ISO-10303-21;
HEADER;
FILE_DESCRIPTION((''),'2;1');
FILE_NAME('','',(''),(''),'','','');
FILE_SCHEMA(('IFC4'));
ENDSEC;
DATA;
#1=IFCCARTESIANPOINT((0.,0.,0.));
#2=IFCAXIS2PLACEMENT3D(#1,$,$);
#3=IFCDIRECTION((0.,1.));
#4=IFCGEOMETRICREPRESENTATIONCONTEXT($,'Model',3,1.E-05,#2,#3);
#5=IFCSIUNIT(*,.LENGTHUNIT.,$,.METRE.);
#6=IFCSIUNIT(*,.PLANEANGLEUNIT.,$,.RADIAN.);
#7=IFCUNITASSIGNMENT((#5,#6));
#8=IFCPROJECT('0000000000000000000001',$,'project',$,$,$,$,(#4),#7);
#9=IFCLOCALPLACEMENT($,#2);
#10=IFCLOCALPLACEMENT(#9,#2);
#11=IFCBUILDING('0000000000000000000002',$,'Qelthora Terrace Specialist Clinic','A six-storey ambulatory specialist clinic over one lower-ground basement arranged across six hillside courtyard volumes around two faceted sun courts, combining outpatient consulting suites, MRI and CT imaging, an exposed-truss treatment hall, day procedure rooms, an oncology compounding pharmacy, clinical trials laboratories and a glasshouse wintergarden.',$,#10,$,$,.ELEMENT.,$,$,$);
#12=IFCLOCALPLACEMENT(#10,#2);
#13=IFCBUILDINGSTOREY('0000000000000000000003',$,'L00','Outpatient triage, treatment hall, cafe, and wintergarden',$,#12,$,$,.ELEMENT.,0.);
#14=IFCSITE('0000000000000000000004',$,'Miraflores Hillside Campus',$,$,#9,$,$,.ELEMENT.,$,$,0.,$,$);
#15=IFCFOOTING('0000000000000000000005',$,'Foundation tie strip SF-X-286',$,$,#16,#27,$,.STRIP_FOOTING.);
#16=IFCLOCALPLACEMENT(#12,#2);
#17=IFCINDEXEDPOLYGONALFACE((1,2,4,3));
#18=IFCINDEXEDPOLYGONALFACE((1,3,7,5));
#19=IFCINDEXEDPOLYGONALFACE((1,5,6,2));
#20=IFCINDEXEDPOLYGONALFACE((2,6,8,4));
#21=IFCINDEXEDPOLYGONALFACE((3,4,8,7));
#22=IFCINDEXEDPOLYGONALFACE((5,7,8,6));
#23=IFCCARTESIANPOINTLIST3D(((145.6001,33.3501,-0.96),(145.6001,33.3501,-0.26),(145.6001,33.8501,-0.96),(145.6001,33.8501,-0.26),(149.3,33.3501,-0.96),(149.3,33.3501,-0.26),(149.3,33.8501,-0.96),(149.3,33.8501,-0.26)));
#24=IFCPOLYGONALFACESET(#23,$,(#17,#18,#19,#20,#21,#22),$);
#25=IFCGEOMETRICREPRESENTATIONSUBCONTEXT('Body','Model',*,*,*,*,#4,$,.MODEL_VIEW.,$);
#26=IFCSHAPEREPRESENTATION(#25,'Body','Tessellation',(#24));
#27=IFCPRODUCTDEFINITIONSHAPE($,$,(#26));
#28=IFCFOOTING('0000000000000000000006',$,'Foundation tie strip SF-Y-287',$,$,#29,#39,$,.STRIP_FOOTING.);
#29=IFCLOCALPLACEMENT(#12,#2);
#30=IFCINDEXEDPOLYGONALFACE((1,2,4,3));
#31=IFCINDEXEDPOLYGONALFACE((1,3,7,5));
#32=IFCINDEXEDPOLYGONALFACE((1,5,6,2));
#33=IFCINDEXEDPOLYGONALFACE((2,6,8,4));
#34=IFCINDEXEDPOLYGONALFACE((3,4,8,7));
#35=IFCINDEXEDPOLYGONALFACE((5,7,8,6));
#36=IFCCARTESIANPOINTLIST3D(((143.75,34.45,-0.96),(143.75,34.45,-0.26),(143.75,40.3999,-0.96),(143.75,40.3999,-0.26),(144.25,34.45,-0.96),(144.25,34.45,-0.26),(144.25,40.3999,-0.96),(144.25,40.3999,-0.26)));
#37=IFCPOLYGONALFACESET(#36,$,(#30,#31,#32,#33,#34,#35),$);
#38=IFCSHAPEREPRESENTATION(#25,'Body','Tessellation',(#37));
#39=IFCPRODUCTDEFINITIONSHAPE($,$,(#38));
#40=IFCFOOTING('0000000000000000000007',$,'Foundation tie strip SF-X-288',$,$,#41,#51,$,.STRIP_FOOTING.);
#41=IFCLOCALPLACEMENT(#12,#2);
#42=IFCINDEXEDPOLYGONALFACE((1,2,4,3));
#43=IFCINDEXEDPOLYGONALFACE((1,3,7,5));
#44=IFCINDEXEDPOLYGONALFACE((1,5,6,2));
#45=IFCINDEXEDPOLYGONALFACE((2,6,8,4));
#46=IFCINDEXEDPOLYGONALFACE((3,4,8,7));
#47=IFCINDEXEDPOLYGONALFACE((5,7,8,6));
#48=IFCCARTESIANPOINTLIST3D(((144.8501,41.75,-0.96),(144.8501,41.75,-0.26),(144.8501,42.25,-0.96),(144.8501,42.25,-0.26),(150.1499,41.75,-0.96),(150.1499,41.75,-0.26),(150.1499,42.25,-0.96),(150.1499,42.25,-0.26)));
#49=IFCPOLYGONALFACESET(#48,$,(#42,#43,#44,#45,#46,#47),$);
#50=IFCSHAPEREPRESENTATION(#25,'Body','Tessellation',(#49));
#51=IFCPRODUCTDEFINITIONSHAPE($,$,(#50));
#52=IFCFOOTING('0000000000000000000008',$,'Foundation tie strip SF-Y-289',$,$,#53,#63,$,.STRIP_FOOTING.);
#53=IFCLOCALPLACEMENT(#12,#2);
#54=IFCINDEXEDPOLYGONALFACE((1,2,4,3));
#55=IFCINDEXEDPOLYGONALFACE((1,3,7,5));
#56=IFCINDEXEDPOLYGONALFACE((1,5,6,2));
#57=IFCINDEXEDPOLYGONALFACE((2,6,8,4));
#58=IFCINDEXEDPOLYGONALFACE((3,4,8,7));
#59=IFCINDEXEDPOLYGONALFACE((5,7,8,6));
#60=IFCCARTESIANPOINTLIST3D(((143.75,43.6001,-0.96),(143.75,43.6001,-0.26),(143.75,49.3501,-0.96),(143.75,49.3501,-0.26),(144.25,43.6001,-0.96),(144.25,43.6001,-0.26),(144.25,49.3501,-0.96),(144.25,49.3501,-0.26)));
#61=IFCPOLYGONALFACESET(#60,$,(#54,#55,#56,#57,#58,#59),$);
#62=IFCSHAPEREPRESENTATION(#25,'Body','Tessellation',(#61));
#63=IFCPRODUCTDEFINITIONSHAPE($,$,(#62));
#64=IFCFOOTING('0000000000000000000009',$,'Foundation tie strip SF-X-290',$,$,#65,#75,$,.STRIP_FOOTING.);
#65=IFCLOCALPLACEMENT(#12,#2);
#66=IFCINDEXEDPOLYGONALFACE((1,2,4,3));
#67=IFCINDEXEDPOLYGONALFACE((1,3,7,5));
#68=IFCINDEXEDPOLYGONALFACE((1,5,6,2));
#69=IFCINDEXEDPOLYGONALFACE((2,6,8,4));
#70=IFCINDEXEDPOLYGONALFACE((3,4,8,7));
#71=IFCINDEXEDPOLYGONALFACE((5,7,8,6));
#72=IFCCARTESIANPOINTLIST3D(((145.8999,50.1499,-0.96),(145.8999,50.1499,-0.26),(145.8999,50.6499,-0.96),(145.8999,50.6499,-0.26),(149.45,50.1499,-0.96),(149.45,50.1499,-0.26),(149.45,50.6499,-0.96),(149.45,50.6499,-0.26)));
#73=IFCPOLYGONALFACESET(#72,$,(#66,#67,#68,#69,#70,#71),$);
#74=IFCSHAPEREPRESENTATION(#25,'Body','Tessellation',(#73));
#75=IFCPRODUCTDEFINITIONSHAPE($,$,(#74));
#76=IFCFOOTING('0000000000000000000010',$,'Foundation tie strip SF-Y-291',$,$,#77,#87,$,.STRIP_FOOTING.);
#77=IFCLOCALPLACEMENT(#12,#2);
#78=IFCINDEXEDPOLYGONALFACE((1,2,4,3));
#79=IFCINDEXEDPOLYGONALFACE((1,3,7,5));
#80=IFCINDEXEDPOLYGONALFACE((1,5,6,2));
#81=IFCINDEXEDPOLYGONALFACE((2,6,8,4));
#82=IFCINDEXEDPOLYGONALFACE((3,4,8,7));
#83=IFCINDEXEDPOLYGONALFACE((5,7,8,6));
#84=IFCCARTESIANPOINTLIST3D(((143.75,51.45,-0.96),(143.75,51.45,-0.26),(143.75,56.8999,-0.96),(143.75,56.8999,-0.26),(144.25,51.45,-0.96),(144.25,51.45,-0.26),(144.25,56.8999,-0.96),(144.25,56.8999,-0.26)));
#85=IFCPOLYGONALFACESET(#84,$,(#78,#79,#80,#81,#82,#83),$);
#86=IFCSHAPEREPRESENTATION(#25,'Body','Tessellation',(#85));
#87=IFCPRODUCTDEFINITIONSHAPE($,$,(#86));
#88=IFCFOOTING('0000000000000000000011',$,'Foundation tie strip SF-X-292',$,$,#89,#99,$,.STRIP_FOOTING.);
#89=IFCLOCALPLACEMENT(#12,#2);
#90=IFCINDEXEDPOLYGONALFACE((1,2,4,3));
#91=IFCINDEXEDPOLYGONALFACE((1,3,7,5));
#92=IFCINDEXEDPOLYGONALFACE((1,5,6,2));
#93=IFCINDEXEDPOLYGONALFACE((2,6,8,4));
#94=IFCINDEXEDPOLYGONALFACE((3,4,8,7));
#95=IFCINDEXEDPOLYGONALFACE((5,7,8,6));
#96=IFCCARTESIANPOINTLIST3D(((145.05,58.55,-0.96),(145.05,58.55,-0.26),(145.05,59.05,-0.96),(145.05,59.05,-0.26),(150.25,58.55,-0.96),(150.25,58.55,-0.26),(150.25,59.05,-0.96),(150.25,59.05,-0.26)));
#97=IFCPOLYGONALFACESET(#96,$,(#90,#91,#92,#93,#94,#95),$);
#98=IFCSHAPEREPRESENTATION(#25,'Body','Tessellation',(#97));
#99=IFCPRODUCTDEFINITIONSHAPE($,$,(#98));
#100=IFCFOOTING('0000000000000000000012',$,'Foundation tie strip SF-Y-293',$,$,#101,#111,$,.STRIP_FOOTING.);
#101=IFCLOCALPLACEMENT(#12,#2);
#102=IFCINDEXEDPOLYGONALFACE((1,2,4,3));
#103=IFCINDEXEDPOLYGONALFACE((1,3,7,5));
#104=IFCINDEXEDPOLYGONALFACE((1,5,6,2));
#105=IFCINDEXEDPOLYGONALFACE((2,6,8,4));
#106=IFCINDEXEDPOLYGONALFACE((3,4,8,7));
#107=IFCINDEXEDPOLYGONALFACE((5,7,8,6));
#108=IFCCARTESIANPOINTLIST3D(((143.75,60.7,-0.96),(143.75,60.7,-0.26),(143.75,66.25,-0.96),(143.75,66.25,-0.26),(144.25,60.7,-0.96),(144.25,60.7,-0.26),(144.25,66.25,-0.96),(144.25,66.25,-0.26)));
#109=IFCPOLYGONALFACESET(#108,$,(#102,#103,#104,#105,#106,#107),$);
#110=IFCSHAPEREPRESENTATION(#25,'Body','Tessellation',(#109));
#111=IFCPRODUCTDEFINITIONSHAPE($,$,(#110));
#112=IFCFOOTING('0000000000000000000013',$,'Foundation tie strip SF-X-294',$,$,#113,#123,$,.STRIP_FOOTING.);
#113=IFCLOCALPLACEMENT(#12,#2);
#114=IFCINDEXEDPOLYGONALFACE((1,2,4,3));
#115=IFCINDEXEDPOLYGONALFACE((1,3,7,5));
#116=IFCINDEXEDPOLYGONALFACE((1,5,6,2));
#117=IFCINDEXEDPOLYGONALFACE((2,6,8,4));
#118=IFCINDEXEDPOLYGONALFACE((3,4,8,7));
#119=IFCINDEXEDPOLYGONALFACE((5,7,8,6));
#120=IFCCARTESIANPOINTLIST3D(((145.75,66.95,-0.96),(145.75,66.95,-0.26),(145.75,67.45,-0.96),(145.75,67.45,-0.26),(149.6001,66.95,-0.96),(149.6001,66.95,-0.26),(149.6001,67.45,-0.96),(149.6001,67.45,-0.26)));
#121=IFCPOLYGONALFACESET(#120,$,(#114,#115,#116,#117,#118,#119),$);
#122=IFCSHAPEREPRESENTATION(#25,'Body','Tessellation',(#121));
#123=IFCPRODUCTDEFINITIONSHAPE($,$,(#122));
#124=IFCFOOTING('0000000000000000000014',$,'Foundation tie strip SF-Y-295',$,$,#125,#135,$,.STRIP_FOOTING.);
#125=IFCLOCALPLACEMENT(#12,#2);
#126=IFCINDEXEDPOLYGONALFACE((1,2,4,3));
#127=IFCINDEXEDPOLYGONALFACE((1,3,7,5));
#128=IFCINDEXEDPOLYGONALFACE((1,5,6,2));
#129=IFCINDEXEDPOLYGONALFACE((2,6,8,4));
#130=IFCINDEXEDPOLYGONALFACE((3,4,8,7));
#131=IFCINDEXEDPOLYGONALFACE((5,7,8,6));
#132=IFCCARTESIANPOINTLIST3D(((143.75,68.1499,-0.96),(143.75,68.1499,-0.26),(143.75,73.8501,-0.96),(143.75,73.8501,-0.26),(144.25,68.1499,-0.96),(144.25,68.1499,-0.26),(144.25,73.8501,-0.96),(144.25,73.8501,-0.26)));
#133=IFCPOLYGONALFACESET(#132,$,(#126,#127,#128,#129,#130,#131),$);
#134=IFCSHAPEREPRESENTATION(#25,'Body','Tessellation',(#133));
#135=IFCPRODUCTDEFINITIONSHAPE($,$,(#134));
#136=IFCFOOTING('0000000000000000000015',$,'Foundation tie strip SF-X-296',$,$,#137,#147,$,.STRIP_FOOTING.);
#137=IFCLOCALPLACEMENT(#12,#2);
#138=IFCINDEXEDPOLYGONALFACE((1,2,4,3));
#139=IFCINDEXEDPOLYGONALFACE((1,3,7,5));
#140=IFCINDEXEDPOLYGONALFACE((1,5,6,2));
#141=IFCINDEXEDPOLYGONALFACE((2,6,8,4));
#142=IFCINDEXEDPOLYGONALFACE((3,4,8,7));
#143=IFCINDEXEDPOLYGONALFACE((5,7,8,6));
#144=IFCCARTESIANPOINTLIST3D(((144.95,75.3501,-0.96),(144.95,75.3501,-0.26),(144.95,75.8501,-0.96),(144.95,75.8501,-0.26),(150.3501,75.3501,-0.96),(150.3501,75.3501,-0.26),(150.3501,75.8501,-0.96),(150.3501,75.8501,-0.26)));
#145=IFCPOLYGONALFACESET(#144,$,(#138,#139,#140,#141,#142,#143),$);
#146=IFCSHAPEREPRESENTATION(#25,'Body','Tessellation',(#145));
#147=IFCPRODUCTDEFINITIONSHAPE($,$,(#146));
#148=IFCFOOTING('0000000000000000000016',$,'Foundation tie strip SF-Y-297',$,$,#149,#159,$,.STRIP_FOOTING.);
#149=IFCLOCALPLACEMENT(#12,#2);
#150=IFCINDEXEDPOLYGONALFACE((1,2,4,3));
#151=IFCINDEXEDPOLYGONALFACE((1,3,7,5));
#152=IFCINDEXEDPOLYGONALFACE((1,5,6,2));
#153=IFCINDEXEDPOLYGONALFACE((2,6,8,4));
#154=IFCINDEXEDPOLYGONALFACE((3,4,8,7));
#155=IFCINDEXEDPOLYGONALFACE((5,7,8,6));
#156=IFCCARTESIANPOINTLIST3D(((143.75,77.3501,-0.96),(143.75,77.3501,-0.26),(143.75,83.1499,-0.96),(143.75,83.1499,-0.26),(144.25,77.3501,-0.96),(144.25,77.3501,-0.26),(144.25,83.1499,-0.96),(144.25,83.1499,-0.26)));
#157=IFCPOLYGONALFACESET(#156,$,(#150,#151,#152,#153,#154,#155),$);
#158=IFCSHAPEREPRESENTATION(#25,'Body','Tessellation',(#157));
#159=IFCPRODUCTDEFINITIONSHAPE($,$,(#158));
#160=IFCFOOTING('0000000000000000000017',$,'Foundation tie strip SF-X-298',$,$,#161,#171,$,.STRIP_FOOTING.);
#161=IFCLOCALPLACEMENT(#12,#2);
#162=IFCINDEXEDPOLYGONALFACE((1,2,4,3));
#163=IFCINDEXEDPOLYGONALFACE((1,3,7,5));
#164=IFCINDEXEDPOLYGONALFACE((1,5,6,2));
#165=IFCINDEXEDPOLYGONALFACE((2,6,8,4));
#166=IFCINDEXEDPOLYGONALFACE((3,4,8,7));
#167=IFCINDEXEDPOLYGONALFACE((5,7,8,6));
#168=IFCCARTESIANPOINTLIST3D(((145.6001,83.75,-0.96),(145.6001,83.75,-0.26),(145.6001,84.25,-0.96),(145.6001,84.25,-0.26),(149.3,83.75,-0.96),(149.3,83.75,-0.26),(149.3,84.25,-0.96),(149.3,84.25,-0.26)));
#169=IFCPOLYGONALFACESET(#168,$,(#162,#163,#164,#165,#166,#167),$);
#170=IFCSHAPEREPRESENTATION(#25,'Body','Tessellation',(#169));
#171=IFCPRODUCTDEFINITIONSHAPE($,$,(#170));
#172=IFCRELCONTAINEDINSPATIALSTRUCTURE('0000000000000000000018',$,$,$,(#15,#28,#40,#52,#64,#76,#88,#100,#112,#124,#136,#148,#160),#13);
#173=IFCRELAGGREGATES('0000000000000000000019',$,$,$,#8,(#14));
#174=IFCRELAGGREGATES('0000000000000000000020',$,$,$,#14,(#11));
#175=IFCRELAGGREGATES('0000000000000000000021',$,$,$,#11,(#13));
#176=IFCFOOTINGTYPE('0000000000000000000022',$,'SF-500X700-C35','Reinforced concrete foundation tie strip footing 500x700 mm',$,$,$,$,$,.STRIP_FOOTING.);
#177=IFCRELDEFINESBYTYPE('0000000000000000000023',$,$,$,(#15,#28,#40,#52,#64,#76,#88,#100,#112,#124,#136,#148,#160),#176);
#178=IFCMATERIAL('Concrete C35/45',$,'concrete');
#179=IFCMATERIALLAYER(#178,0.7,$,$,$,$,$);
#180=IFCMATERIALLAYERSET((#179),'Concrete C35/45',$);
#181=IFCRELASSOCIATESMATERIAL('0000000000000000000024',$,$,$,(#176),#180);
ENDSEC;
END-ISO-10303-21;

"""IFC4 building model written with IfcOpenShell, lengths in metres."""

from ifc_helpers import new_model, si_unit, direction, frame, origin, place, context, subcontext, project, spatial, polyline, outline, extrude, material, layer, layer_set, type_object, element, save


model = new_model("IFC4")

# Units and contexts
model_context = context("Model", 3, precision=1e-05, world=origin(), true_north=direction((0.0, 1.0)))
body_context = subcontext(model_context, "Body", "Model", "MODEL_VIEW")
ifc_project = project(units=[si_unit("LENGTHUNIT", "METRE"), si_unit("PLANEANGLEUNIT", "RADIAN")], contexts=[model_context])

# Site, building, storey
site_placement = place(None, origin())
site = spatial("IfcSite", under=ifc_project, at=site_placement, Name="Miraflores Hillside Campus", CompositionType="ELEMENT", RefElevation=0.0)
building_placement = place(site_placement, origin())
building = spatial("IfcBuilding", under=site, at=building_placement, Name="Qelthora Terrace Specialist Clinic", Description="A six-storey ambulatory specialist clinic over one lower-ground basement arranged across six hillside courtyard volumes around two faceted sun courts, combining outpatient consulting suites, MRI and CT imaging, an exposed-truss treatment hall, day procedure rooms, an oncology compounding pharmacy, clinical trials laboratories and a glasshouse wintergarden.", CompositionType="ELEMENT")
storey_placement = place(building_placement, origin())
storey = spatial("IfcBuildingStorey", under=building, at=storey_placement, Name="L00", Description="Outpatient triage, treatment hall, cafe, and wintergarden", CompositionType="ELEMENT", Elevation=0.0)

# Footings
ifc_material = material(Name="Concrete C35/45", Category="concrete")
ifc_layer = layer(ifc_material, 0.7)
ifc_layer_set = layer_set([ifc_layer], Name="Concrete C35/45")
footing_type = type_object("IfcFootingType", Name="SF-500X700-C35", Description="Reinforced concrete foundation tie strip footing 500x700 mm", PredefinedType="STRIP_FOOTING", material=ifc_layer_set)
footing_1_placement = place(storey_placement, frame((0.0, 0.0, -0.96)))
element("IfcFooting", 1, at=footing_1_placement, inside=storey, type_object=footing_type, Name="Foundation tie strip SF-X-286", PredefinedType="STRIP_FOOTING", context=body_context, shape_type="SweptSolid", body=[
    extrude(outline(polyline([(145.6001, 33.3501), (149.3, 33.3501), (149.3, 33.8501), (145.6001, 33.8501), (145.6001, 33.3501)])), origin(), (0.0, 0.0, 1.0), 0.7),
])
footing_2_placement = place(storey_placement, frame((0.0, 0.0, -0.96)))
element("IfcFooting", 2, at=footing_2_placement, inside=storey, type_object=footing_type, Name="Foundation tie strip SF-Y-287", PredefinedType="STRIP_FOOTING", context=body_context, shape_type="SweptSolid", body=[
    extrude(outline(polyline([(143.75, 34.45), (144.25, 34.45), (144.25, 40.3999), (143.75, 40.3999), (143.75, 34.45)])), origin(), (0.0, 0.0, 1.0), 0.7),
])
footing_3_placement = place(storey_placement, frame((0.0, 0.0, -0.96)))
element("IfcFooting", 3, at=footing_3_placement, inside=storey, type_object=footing_type, Name="Foundation tie strip SF-X-288", PredefinedType="STRIP_FOOTING", context=body_context, shape_type="SweptSolid", body=[
    extrude(outline(polyline([(144.8501, 41.75), (150.1499, 41.75), (150.1499, 42.25), (144.8501, 42.25), (144.8501, 41.75)])), origin(), (0.0, 0.0, 1.0), 0.7),
])
footing_4_placement = place(storey_placement, frame((0.0, 0.0, -0.96)))
element("IfcFooting", 4, at=footing_4_placement, inside=storey, type_object=footing_type, Name="Foundation tie strip SF-Y-289", PredefinedType="STRIP_FOOTING", context=body_context, shape_type="SweptSolid", body=[
    extrude(outline(polyline([(143.75, 43.6001), (144.25, 43.6001), (144.25, 49.3501), (143.75, 49.3501), (143.75, 43.6001)])), origin(), (0.0, 0.0, 1.0), 0.7),
])
footing_5_placement = place(storey_placement, frame((0.0, 0.0, -0.96)))
element("IfcFooting", 5, at=footing_5_placement, inside=storey, type_object=footing_type, Name="Foundation tie strip SF-X-290", PredefinedType="STRIP_FOOTING", context=body_context, shape_type="SweptSolid", body=[
    extrude(outline(polyline([(145.8999, 50.1499), (149.45, 50.1499), (149.45, 50.6499), (145.8999, 50.6499), (145.8999, 50.1499)])), origin(), (0.0, 0.0, 1.0), 0.7),
])
footing_6_placement = place(storey_placement, frame((0.0, 0.0, -0.96)))
element("IfcFooting", 6, at=footing_6_placement, inside=storey, type_object=footing_type, Name="Foundation tie strip SF-Y-291", PredefinedType="STRIP_FOOTING", context=body_context, shape_type="SweptSolid", body=[
    extrude(outline(polyline([(143.75, 51.45), (144.25, 51.45), (144.25, 56.8999), (143.75, 56.8999), (143.75, 51.45)])), origin(), (0.0, 0.0, 1.0), 0.7),
])
footing_7_placement = place(storey_placement, frame((0.0, 0.0, -0.96)))
element("IfcFooting", 7, at=footing_7_placement, inside=storey, type_object=footing_type, Name="Foundation tie strip SF-X-292", PredefinedType="STRIP_FOOTING", context=body_context, shape_type="SweptSolid", body=[
    extrude(outline(polyline([(145.05, 58.55), (150.25, 58.55), (150.25, 59.05), (145.05, 59.05), (145.05, 58.55)])), origin(), (0.0, 0.0, 1.0), 0.7),
])
footing_8_placement = place(storey_placement, frame((0.0, 0.0, -0.96)))
element("IfcFooting", 8, at=footing_8_placement, inside=storey, type_object=footing_type, Name="Foundation tie strip SF-Y-293", PredefinedType="STRIP_FOOTING", context=body_context, shape_type="SweptSolid", body=[
    extrude(outline(polyline([(143.75, 60.7), (144.25, 60.7), (144.25, 66.25), (143.75, 66.25), (143.75, 60.7)])), origin(), (0.0, 0.0, 1.0), 0.7),
])
footing_9_placement = place(storey_placement, frame((0.0, 0.0, -0.96)))
element("IfcFooting", 9, at=footing_9_placement, inside=storey, type_object=footing_type, Name="Foundation tie strip SF-X-294", PredefinedType="STRIP_FOOTING", context=body_context, shape_type="SweptSolid", body=[
    extrude(outline(polyline([(145.75, 66.95), (149.6001, 66.95), (149.6001, 67.45), (145.75, 67.45), (145.75, 66.95)])), origin(), (0.0, 0.0, 1.0), 0.7),
])
footing_10_placement = place(storey_placement, frame((0.0, 0.0, -0.96)))
element("IfcFooting", 10, at=footing_10_placement, inside=storey, type_object=footing_type, Name="Foundation tie strip SF-Y-295", PredefinedType="STRIP_FOOTING", context=body_context, shape_type="SweptSolid", body=[
    extrude(outline(polyline([(143.75, 68.1499), (144.25, 68.1499), (144.25, 73.8501), (143.75, 73.8501), (143.75, 68.1499)])), origin(), (0.0, 0.0, 1.0), 0.7),
])
footing_11_placement = place(storey_placement, frame((0.0, 0.0, -0.96)))
element("IfcFooting", 11, at=footing_11_placement, inside=storey, type_object=footing_type, Name="Foundation tie strip SF-X-296", PredefinedType="STRIP_FOOTING", context=body_context, shape_type="SweptSolid", body=[
    extrude(outline(polyline([(144.95, 75.3501), (150.3501, 75.3501), (150.3501, 75.8501), (144.95, 75.8501), (144.95, 75.3501)])), origin(), (0.0, 0.0, 1.0), 0.7),
])
footing_12_placement = place(storey_placement, frame((0.0, 0.0, -0.96)))
element("IfcFooting", 12, at=footing_12_placement, inside=storey, type_object=footing_type, Name="Foundation tie strip SF-Y-297", PredefinedType="STRIP_FOOTING", context=body_context, shape_type="SweptSolid", body=[
    extrude(outline(polyline([(143.75, 77.3501), (144.25, 77.3501), (144.25, 83.1499), (143.75, 83.1499), (143.75, 77.3501)])), origin(), (0.0, 0.0, 1.0), 0.7),
])
footing_13_placement = place(storey_placement, frame((0.0, 0.0, -0.96)))
element("IfcFooting", 13, at=footing_13_placement, inside=storey, type_object=footing_type, Name="Foundation tie strip SF-X-298", PredefinedType="STRIP_FOOTING", context=body_context, shape_type="SweptSolid", body=[
    extrude(outline(polyline([(145.6001, 83.75), (149.3, 83.75), (149.3, 84.25), (145.6001, 84.25), (145.6001, 83.75)])), origin(), (0.0, 0.0, 1.0), 0.7),
])

save(model, "model.ifc")
